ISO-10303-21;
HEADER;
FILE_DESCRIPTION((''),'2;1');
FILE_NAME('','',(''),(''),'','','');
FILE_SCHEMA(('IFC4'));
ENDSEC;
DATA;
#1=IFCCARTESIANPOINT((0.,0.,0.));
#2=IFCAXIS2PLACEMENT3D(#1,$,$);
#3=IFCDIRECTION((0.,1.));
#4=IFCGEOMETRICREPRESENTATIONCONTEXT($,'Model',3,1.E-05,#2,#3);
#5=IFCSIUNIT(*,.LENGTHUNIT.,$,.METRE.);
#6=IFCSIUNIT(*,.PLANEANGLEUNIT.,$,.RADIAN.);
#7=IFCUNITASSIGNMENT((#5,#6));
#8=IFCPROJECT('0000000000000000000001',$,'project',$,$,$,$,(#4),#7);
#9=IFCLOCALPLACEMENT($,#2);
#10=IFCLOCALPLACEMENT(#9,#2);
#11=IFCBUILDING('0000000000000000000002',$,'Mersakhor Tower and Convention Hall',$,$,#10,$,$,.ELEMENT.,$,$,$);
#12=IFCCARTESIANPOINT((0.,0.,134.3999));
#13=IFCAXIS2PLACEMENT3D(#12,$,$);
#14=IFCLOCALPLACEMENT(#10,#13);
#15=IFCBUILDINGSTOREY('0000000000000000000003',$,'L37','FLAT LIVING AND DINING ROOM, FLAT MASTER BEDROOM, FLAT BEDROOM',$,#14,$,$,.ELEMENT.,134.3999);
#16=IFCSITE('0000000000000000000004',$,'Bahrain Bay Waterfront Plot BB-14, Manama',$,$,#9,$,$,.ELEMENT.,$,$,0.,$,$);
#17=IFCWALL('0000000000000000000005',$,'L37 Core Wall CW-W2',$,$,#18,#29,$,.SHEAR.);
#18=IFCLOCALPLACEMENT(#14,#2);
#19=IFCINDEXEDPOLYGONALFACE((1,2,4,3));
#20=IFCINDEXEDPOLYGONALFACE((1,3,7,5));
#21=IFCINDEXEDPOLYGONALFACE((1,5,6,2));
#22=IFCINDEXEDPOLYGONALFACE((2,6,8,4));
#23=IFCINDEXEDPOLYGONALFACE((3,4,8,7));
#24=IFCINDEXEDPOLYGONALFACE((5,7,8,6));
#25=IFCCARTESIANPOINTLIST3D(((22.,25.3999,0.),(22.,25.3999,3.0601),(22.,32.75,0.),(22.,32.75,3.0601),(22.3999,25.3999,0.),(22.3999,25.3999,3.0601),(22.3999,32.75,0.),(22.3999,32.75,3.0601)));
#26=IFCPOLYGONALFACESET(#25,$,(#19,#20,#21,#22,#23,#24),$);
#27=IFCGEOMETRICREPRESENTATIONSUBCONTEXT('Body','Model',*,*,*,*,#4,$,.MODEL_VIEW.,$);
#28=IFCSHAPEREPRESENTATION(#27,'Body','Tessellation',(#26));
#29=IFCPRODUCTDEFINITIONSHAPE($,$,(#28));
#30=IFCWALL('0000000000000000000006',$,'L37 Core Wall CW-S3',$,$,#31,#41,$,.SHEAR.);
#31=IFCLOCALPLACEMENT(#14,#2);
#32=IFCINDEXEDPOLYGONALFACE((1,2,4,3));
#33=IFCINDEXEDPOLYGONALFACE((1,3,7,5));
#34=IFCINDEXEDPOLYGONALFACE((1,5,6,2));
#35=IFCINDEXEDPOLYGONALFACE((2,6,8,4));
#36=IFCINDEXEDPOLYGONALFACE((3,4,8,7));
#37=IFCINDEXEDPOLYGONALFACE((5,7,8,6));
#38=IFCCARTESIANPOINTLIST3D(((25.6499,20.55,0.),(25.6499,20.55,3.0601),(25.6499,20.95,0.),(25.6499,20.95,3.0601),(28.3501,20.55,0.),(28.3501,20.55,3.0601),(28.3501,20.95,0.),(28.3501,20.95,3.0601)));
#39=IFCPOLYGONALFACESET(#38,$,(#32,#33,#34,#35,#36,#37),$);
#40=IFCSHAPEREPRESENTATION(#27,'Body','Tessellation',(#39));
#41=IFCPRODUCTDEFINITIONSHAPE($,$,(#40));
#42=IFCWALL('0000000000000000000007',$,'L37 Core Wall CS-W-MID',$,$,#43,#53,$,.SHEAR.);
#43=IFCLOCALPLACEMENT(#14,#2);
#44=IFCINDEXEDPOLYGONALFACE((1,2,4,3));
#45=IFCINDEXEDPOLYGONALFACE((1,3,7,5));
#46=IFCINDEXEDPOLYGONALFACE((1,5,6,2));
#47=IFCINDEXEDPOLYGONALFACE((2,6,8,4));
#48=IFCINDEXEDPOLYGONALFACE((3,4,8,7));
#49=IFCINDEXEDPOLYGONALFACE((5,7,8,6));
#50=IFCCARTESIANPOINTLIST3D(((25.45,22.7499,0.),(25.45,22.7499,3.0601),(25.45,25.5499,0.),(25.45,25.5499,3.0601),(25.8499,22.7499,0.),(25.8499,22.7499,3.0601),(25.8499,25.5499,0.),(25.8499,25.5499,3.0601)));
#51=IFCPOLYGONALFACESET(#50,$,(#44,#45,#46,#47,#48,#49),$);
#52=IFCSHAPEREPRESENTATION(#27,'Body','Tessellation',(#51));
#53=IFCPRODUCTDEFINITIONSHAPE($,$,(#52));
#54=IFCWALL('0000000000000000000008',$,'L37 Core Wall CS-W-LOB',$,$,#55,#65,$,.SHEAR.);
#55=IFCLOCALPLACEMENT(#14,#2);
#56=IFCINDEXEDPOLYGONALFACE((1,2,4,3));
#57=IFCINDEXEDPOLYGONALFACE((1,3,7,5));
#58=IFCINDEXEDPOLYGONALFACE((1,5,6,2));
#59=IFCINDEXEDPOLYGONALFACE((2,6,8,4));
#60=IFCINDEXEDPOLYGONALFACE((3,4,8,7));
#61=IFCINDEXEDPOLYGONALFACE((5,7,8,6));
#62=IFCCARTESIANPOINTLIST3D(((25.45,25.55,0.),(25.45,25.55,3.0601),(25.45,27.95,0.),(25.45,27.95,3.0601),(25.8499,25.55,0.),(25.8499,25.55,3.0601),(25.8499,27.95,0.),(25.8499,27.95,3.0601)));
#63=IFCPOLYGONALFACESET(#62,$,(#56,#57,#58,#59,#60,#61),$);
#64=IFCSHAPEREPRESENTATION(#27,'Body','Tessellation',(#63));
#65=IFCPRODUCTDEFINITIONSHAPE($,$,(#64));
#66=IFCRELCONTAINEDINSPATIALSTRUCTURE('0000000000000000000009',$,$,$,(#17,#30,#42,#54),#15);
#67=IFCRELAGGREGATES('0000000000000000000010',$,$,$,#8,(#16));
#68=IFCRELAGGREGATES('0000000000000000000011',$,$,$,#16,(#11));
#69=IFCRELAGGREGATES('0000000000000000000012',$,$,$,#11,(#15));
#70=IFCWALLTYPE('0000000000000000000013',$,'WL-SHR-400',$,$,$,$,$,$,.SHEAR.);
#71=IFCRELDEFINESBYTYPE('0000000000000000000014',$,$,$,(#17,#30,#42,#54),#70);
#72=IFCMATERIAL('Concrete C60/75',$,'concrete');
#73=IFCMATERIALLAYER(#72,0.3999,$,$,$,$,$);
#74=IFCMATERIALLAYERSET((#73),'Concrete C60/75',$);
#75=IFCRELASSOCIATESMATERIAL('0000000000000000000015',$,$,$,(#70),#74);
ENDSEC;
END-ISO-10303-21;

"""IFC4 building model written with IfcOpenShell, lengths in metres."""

from ifc_helpers import new_model, si_unit, direction, frame, frame_2d, origin, place, context, subcontext, project, spatial, rectangle, extrude, material, layer, layer_set, type_object, element, save


model = new_model("IFC4")

# Units and contexts
model_context = context("Model", 3, precision=1e-05, world=origin(), true_north=direction((0.0, 1.0)))
body_context = subcontext(model_context, "Body", "Model", "MODEL_VIEW")
ifc_project = project(units=[si_unit("LENGTHUNIT", "METRE"), si_unit("PLANEANGLEUNIT", "RADIAN")], contexts=[model_context])

# Site, building, storey
site_placement = place(None, origin())
site = spatial("IfcSite", under=ifc_project, at=site_placement, Name="Bahrain Bay Waterfront Plot BB-14, Manama", CompositionType="ELEMENT", RefElevation=0.0)
building_placement = place(site_placement, origin())
building = spatial("IfcBuilding", under=site, at=building_placement, Name="Mersakhor Tower and Convention Hall", CompositionType="ELEMENT")
storey_placement = place(building_placement, frame((0.0, 0.0, 134.3999)))
storey = spatial("IfcBuildingStorey", under=building, at=storey_placement, Name="L37", Description="FLAT LIVING AND DINING ROOM, FLAT MASTER BEDROOM, FLAT BEDROOM", CompositionType="ELEMENT", Elevation=134.3999)

# Walls
ifc_material_1 = material(Name="Concrete C60/75", Category="concrete")
ifc_layer_1 = layer(ifc_material_1, 0.3999)
ifc_layer_set_1 = layer_set([ifc_layer_1], Name="Concrete C60/75")
wall_type_1 = type_object("IfcWallType", Name="WL-SHR-400", PredefinedType="SHEAR", material=ifc_layer_set_1)
wall_1_placement = place(storey_placement, frame((22.2, 25.3999, 0.0), z_axis=(0.0, 0.0, 1.0), x_axis=(0.0, 1.0, 0.0)))
element("IfcWall", 1, at=wall_1_placement, inside=storey, type_object=wall_type_1, Name="L37 Core Wall CW-W2", PredefinedType="SHEAR", context=body_context, shape_type="SweptSolid", body=[
    extrude(rectangle(XDim=7.3501, YDim=0.3999, at=frame_2d((3.675, 0.0))), origin(), (0.0, 0.0, 1.0), 3.0601),
])
wall_2_placement = place(storey_placement, frame((28.3501, 20.75, 0.0), z_axis=(0.0, 0.0, 1.0), x_axis=(-1.0, 0.0, 0.0)))
element("IfcWall", 2, at=wall_2_placement, inside=storey, type_object=wall_type_1, Name="L37 Core Wall CW-S3", PredefinedType="SHEAR", context=body_context, shape_type="SweptSolid", body=[
    extrude(rectangle(XDim=2.7002, YDim=0.3999, at=frame_2d((1.3501, 0.0))), origin(), (0.0, 0.0, 1.0), 3.0601),
])

# Walls
wall_3_placement = place(storey_placement, frame((25.6499, 22.75, 0.0), z_axis=(0.0, 0.0, 1.0), x_axis=(0.0, 1.0, 0.0)))
element("IfcWall", 3, at=wall_3_placement, inside=storey, type_object=wall_type_1, Name="L37 Core Wall CS-W-MID", PredefinedType="SHEAR", context=body_context, shape_type="SweptSolid", body=[
    extrude(rectangle(XDim=2.8, YDim=0.3999, at=frame_2d((1.3999, 0.0))), origin(), (0.0, 0.0, 1.0), 3.0601),
])
wall_4_placement = place(storey_placement, frame((25.6499, 25.55, 0.0), z_axis=(0.0, 0.0, 1.0), x_axis=(0.0, 1.0, 0.0)))
element("IfcWall", 4, at=wall_4_placement, inside=storey, type_object=wall_type_1, Name="L37 Core Wall CS-W-LOB", PredefinedType="SHEAR", context=body_context, shape_type="SweptSolid", body=[
    extrude(rectangle(XDim=2.3999, YDim=0.3999, at=frame_2d((1.2, 0.0))), origin(), (0.0, 0.0, 1.0), 3.0601),
])

save(model, "model.ifc")
